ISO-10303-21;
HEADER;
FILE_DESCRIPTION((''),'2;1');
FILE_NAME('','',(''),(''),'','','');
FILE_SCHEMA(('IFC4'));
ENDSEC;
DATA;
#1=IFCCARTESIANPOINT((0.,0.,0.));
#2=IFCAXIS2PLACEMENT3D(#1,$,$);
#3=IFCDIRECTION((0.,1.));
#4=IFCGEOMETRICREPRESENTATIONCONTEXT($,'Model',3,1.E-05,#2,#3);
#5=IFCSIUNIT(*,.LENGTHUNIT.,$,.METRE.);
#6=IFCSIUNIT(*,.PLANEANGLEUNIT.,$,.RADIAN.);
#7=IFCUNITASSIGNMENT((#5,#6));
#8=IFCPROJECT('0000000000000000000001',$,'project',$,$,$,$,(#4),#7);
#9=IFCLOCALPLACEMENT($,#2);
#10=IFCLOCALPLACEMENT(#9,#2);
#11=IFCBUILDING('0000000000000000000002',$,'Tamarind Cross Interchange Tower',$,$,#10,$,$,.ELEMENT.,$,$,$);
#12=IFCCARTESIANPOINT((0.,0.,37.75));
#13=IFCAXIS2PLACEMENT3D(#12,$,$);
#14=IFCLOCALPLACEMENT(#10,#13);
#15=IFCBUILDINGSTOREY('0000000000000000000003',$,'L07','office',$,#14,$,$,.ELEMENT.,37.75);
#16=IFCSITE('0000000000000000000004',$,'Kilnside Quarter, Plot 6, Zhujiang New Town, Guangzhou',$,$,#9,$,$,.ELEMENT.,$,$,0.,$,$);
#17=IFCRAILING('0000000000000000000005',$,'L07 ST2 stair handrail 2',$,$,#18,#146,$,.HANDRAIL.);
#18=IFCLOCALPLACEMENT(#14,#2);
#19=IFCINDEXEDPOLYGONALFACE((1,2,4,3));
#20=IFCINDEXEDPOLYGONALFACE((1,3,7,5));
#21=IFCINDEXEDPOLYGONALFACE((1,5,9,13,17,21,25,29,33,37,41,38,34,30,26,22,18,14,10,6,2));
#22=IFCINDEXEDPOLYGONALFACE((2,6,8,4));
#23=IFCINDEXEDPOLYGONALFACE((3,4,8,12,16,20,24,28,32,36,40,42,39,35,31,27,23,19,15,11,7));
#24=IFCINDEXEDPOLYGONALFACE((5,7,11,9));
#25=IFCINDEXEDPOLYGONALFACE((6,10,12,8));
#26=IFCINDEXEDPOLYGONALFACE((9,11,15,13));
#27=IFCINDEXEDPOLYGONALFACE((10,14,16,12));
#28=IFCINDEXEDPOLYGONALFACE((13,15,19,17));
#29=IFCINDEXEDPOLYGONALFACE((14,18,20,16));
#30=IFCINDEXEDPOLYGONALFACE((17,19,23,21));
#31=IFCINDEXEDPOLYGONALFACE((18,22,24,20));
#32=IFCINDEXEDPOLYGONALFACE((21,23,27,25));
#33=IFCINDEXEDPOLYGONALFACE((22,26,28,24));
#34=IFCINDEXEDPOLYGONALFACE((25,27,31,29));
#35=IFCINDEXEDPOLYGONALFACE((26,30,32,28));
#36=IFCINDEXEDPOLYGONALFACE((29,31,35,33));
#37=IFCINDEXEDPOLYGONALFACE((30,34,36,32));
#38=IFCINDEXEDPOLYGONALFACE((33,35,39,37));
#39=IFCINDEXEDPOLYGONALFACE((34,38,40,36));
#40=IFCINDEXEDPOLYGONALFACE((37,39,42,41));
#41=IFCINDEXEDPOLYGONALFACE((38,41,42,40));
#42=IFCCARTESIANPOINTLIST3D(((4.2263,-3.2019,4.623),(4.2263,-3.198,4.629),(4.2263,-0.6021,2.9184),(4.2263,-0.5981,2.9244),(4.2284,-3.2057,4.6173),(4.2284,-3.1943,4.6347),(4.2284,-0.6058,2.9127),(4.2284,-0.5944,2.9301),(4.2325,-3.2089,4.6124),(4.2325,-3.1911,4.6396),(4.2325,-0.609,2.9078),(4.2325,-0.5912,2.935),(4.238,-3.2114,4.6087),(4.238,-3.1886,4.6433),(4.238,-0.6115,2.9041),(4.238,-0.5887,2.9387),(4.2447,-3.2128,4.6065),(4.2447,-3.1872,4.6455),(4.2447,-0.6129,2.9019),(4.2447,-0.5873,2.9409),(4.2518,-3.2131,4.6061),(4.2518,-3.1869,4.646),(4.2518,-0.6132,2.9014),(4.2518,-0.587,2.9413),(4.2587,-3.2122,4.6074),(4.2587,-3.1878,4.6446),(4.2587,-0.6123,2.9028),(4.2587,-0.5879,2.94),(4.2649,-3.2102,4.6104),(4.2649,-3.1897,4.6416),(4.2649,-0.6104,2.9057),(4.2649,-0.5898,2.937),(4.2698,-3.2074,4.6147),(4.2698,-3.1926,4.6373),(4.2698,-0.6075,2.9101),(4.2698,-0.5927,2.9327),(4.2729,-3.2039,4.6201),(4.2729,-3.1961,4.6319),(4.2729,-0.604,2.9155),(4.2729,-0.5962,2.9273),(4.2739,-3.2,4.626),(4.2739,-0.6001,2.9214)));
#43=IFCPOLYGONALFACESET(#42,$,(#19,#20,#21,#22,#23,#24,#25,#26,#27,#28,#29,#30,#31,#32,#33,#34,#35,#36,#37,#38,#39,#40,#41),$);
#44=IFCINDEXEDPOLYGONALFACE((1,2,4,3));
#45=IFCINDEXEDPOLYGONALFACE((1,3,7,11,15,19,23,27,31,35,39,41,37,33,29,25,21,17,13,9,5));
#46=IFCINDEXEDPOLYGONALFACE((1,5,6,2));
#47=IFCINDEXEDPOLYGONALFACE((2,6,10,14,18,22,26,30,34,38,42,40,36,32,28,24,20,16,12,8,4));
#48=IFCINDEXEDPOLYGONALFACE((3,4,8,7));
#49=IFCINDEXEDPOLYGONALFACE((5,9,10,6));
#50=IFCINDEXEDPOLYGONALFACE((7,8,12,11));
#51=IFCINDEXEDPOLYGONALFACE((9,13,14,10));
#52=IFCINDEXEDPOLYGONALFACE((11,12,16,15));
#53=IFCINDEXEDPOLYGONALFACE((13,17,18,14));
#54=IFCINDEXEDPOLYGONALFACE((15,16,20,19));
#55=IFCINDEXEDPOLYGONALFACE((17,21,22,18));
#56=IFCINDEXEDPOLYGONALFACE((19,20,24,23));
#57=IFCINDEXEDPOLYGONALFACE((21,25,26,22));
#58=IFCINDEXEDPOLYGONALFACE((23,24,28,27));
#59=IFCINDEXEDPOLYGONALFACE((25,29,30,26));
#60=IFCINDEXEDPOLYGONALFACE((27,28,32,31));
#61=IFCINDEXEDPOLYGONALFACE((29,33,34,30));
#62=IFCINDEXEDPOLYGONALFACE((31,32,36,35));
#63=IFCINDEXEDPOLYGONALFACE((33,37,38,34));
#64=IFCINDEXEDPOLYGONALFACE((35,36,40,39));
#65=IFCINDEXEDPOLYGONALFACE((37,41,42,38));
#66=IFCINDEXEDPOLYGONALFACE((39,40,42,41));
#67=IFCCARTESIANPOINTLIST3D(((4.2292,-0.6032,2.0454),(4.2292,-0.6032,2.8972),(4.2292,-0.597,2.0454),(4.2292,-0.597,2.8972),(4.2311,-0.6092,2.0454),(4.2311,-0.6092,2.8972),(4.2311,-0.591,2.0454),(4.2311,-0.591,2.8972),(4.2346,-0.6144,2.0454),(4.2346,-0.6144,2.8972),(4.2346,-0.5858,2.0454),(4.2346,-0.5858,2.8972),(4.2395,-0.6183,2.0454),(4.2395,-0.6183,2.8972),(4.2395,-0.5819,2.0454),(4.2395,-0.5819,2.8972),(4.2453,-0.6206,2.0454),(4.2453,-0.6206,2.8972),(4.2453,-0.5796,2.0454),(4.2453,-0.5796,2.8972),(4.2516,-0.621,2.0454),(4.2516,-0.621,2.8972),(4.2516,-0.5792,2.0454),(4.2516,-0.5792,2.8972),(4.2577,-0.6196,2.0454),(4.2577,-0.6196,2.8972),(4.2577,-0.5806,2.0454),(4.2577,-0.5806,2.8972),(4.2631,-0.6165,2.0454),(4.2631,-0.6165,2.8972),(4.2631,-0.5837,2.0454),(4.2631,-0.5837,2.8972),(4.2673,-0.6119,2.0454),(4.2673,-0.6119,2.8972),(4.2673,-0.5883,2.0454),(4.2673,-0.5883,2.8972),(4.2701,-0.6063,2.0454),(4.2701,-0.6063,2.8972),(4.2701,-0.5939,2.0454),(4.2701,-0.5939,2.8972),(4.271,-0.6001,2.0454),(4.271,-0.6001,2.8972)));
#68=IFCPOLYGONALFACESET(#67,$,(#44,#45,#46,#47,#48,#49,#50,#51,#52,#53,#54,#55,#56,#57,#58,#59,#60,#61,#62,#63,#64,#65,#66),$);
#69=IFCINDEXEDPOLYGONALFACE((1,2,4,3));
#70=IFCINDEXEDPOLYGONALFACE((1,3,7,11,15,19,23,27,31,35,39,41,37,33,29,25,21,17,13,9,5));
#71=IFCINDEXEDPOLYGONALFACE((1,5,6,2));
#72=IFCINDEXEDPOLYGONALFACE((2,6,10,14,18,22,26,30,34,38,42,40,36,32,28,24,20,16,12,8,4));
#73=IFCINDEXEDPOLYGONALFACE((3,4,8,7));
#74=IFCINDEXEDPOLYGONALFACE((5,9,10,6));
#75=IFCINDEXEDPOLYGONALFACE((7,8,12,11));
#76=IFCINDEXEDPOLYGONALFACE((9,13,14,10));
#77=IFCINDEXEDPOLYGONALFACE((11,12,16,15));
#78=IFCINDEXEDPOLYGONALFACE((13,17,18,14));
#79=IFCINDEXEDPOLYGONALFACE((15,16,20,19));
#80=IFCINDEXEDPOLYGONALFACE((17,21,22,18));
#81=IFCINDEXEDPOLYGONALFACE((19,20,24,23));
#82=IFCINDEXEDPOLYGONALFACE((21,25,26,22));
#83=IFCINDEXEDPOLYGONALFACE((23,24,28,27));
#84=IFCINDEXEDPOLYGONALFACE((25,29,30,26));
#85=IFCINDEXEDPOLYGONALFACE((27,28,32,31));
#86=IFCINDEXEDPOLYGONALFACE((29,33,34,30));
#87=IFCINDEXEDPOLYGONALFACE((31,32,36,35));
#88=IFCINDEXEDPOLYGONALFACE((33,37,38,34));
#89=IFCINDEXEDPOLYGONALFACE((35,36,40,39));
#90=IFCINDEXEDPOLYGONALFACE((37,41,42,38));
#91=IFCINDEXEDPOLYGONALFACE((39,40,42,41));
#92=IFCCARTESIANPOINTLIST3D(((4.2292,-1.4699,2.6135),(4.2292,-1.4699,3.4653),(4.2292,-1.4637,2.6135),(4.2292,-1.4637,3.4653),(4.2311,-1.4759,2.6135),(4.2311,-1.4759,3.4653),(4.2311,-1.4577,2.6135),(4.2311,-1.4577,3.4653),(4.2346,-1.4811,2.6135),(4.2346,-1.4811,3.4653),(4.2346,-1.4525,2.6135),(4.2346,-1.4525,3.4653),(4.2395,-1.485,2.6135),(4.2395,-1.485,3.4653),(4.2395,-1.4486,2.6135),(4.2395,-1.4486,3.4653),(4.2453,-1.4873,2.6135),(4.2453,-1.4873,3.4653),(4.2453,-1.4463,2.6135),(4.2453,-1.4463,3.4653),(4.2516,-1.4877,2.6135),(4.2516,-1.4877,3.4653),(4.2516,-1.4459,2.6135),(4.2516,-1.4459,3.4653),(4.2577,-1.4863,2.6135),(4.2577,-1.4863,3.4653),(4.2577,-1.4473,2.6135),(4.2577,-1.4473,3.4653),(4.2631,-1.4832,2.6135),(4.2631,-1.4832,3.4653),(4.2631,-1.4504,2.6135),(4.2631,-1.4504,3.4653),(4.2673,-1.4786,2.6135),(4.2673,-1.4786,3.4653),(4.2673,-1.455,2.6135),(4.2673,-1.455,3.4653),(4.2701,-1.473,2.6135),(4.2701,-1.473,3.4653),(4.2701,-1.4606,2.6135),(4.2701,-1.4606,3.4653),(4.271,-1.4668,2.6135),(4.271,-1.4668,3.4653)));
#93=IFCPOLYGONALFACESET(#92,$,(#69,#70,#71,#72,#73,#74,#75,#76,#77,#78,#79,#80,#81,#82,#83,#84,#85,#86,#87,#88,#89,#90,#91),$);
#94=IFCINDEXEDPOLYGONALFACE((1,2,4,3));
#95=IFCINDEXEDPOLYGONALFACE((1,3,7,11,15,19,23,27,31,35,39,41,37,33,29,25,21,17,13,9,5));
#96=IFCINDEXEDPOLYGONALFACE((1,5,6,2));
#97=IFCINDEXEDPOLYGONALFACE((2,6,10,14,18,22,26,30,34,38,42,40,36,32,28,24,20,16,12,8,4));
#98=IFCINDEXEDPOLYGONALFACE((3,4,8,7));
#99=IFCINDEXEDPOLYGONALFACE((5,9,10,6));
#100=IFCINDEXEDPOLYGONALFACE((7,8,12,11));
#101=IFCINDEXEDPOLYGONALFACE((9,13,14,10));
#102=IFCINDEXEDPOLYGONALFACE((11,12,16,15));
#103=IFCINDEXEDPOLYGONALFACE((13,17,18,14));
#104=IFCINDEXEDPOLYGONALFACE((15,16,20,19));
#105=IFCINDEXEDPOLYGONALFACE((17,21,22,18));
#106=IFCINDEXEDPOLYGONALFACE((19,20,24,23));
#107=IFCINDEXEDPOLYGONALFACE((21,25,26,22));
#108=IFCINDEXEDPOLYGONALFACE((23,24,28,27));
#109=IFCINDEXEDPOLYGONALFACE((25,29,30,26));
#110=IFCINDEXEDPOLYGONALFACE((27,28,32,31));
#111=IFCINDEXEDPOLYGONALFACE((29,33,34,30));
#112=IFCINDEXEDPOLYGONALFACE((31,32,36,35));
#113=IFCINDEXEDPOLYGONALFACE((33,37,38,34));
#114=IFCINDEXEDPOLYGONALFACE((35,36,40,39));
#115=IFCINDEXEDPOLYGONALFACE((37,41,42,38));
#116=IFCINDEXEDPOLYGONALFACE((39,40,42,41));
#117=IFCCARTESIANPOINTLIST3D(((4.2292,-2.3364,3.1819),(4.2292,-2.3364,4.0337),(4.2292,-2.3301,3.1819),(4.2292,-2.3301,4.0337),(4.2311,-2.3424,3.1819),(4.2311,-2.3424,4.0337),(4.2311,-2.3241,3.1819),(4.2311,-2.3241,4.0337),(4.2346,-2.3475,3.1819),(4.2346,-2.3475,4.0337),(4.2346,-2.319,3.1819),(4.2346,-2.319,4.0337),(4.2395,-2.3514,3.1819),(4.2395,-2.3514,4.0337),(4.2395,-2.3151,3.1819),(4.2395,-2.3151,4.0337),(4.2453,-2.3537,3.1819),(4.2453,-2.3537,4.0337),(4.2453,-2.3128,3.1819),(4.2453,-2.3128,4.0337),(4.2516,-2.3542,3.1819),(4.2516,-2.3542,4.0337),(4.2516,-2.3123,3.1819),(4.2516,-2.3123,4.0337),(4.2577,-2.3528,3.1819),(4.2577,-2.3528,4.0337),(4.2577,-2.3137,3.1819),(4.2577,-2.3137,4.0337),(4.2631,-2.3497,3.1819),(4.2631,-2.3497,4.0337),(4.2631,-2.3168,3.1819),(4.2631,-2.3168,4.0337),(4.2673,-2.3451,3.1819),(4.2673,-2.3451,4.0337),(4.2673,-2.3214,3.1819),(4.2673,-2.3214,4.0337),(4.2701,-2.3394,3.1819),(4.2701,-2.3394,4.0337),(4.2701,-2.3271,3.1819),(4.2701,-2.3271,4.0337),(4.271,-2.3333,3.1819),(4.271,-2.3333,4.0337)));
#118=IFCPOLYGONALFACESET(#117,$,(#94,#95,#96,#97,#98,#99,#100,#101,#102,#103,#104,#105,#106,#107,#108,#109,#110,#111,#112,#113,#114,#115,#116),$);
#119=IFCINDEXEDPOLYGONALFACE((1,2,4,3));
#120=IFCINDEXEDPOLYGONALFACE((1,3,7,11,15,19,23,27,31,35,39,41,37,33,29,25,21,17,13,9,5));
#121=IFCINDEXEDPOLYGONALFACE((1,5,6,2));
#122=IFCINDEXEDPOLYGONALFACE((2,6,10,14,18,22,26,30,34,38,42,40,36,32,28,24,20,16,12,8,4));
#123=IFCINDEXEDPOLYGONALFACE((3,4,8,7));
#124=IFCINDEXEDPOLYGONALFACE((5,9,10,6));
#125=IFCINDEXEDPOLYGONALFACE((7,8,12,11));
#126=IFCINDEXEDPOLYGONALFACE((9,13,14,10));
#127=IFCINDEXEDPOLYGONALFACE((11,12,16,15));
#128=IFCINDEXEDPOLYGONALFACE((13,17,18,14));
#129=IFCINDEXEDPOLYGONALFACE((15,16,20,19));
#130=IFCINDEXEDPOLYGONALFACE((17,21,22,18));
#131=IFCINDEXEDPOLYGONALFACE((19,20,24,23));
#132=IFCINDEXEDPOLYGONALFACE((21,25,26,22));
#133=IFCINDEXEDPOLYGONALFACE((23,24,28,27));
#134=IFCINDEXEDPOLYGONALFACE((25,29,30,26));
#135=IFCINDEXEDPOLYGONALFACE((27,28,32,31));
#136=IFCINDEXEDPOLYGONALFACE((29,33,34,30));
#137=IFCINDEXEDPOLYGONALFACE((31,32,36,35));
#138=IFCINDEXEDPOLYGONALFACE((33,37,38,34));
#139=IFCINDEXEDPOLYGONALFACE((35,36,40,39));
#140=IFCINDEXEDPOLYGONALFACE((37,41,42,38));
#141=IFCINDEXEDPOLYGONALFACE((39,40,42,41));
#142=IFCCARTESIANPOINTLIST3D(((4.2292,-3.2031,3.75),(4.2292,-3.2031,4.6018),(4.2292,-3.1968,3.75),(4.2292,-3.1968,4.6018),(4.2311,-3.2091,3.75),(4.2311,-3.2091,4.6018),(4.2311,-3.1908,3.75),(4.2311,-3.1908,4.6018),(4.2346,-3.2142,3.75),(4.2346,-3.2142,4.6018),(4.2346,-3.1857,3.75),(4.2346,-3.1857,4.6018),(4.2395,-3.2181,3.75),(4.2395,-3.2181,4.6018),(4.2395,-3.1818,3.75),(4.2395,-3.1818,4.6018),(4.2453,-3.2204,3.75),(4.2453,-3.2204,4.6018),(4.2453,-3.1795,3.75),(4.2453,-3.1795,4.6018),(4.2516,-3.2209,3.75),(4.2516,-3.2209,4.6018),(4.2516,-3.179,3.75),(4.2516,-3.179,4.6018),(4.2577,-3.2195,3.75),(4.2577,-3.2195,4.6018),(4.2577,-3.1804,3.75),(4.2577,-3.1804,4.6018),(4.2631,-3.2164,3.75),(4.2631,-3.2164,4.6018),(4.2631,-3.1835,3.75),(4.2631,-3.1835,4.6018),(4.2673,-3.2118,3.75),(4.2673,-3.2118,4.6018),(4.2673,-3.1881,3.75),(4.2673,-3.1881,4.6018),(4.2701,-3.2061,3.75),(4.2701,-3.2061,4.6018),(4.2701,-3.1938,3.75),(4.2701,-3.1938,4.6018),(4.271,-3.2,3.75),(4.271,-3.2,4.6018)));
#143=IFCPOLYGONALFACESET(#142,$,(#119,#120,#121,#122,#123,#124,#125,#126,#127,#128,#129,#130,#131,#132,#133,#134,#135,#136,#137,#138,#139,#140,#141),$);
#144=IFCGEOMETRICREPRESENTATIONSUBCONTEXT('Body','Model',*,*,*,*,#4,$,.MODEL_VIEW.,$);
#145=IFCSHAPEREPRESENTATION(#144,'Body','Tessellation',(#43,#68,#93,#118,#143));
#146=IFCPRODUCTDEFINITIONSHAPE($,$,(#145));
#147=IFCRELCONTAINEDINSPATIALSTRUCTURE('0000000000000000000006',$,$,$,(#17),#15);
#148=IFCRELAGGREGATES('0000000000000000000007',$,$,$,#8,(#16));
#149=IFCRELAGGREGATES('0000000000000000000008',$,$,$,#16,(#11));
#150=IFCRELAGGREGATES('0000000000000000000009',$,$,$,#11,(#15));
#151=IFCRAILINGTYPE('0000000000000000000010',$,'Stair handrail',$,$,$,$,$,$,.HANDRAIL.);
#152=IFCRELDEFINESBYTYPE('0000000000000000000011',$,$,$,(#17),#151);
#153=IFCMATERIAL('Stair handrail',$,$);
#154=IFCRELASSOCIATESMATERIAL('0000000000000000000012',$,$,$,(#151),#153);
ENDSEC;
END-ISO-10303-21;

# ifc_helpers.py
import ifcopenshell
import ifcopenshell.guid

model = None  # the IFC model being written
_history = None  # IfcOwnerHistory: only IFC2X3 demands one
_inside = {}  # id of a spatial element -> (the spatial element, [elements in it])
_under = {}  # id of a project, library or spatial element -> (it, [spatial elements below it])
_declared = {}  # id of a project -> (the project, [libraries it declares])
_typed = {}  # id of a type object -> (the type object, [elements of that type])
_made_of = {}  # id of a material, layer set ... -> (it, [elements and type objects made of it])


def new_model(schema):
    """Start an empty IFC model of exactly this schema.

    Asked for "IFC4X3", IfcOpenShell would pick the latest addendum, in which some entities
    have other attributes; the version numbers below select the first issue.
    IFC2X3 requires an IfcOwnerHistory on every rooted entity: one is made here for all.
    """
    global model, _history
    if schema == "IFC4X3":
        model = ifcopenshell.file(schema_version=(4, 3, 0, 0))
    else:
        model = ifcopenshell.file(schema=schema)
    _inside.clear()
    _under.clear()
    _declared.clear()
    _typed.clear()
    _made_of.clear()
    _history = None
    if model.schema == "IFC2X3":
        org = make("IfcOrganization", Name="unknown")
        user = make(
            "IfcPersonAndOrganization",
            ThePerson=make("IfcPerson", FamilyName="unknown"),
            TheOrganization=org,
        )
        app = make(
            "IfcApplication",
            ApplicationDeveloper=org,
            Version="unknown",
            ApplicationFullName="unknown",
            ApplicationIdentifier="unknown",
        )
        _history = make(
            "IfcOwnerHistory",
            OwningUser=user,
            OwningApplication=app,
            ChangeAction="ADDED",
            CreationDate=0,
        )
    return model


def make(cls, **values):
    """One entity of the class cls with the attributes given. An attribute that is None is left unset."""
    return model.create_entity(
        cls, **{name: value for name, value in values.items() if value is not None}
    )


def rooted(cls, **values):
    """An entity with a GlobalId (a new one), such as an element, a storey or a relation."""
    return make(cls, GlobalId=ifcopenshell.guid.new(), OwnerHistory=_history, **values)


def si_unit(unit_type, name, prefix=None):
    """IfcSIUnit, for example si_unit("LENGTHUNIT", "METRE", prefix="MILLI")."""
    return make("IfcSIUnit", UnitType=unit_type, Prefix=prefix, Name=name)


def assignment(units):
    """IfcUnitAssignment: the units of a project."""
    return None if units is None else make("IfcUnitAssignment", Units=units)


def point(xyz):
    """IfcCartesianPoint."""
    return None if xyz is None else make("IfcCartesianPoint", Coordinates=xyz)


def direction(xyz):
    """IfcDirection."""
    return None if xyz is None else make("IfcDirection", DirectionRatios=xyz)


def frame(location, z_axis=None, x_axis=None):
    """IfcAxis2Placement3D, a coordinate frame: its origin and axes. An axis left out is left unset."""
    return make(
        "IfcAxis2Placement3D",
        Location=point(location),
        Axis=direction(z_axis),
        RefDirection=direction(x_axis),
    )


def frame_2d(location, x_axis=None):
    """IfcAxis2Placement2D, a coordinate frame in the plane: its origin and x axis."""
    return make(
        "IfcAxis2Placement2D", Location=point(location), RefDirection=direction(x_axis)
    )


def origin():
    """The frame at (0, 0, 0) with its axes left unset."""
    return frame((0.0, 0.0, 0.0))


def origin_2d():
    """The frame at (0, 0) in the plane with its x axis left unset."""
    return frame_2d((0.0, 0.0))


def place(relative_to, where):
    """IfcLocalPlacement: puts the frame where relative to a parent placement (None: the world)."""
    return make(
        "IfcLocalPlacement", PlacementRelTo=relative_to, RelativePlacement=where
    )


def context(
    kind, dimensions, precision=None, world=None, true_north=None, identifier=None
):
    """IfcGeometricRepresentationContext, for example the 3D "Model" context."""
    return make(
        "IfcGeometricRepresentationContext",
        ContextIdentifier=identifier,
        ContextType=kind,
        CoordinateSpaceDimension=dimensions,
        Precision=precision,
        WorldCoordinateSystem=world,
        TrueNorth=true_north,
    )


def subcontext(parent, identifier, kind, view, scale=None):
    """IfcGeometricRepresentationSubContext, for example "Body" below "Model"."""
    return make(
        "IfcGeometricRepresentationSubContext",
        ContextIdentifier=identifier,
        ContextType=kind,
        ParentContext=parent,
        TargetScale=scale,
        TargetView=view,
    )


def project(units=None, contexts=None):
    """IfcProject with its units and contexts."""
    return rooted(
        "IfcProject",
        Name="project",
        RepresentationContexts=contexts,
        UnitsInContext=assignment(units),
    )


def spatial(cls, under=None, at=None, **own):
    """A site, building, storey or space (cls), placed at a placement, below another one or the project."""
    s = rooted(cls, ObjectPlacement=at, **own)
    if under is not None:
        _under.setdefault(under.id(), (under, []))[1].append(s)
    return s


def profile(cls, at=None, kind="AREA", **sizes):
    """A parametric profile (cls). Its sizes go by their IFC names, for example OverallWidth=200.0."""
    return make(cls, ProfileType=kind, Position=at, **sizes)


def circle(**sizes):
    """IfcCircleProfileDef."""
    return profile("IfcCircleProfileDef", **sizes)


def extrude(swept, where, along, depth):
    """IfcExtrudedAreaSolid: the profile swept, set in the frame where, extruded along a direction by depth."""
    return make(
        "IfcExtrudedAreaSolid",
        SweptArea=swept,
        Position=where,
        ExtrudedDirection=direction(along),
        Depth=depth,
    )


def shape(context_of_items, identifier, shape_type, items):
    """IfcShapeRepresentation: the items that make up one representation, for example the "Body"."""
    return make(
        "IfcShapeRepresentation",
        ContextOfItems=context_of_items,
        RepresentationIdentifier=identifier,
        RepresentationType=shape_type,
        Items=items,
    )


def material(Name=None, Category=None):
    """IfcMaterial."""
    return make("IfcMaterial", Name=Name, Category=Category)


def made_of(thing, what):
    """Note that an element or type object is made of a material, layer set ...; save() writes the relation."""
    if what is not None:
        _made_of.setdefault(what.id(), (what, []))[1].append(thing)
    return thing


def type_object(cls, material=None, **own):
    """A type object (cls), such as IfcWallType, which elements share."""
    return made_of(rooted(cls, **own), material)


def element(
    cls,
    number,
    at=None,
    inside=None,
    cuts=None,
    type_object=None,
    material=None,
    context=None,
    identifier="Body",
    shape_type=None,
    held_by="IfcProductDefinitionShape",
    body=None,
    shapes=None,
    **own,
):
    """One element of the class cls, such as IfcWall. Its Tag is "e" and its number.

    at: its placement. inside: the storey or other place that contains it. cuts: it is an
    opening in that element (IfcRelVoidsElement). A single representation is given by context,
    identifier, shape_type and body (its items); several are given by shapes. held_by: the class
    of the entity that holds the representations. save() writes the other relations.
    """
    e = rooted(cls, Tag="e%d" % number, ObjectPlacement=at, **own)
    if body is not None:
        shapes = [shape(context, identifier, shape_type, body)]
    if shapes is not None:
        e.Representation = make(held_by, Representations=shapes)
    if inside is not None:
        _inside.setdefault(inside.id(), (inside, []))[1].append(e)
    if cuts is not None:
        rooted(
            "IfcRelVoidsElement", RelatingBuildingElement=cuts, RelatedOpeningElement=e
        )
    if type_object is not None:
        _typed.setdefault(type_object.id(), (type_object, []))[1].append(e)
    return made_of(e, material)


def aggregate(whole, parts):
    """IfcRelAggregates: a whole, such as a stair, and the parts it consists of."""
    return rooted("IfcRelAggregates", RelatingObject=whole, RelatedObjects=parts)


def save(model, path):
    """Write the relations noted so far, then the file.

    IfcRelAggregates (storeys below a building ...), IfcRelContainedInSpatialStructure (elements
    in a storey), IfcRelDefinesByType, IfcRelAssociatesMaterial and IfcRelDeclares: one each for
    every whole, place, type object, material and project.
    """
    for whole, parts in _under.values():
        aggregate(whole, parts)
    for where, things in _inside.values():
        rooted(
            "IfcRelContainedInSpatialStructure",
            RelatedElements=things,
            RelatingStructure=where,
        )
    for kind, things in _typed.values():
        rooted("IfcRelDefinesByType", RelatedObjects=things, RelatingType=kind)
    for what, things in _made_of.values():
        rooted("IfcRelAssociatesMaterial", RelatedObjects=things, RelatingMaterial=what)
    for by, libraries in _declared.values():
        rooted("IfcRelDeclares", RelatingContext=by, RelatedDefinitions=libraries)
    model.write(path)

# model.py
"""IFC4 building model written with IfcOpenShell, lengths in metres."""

from ifc_helpers import new_model, si_unit, direction, frame, origin, origin_2d, place, context, subcontext, project, spatial, circle, extrude, material, type_object, element, save


model = new_model("IFC4")

# Units and contexts
model_context = context("Model", 3, precision=1e-05, world=origin(), true_north=direction((0.0, 1.0)))
body_context = subcontext(model_context, "Body", "Model", "MODEL_VIEW")
ifc_project = project(units=[si_unit("LENGTHUNIT", "METRE"), si_unit("PLANEANGLEUNIT", "RADIAN")], contexts=[model_context])

# Site, building, storey
site_placement = place(None, origin())
site = spatial("IfcSite", under=ifc_project, at=site_placement, Name="Kilnside Quarter, Plot 6, Zhujiang New Town, Guangzhou", CompositionType="ELEMENT", RefElevation=0.0)
building_placement = place(site_placement, origin())
building = spatial("IfcBuilding", under=site, at=building_placement, Name="Tamarind Cross Interchange Tower", CompositionType="ELEMENT")
storey_placement = place(building_placement, frame((0.0, 0.0, 37.75)))
storey = spatial("IfcBuildingStorey", under=building, at=storey_placement, Name="L07", Description="office", CompositionType="ELEMENT", Elevation=37.75)

# Railing
ifc_material_1 = material(Name="Stair handrail")
railing_type_1 = type_object("IfcRailingType", Name="Stair handrail", PredefinedType="HANDRAIL", material=ifc_material_1)
railing_1_placement = place(storey_placement, frame((4.25, -0.6001, 2.0454)))
element("IfcRailing", 1, at=railing_1_placement, inside=storey, type_object=railing_type_1, Name="L07 ST2 stair handrail 2", PredefinedType="HANDRAIL", context=body_context, shape_type="SweptSolid", body=[
    extrude(circle(Radius=0.0239, at=origin_2d()), frame((0.0, 0.0, 0.876), z_axis=(0.0, -0.836279, 0.548305), x_axis=(1.0, 0.0, 0.0)), (0.0, 0.0, 1.0), 3.1089),
    extrude(circle(Radius=0.021, at=origin_2d()), origin(), (0.0, 0.0, 1.0), 0.8518),
    extrude(circle(Radius=0.021, at=origin_2d()), frame((0.0, -0.8667, 0.5681)), (0.0, 0.0, 1.0), 0.8518),
    extrude(circle(Radius=0.021, at=origin_2d()), frame((0.0, -1.7332, 1.1365)), (0.0, 0.0, 1.0), 0.8518),
    extrude(circle(Radius=0.021, at=origin_2d()), frame((0.0, -2.5999, 1.7046)), (0.0, 0.0, 1.0), 0.8518),
])

save(model, "model.ifc")
